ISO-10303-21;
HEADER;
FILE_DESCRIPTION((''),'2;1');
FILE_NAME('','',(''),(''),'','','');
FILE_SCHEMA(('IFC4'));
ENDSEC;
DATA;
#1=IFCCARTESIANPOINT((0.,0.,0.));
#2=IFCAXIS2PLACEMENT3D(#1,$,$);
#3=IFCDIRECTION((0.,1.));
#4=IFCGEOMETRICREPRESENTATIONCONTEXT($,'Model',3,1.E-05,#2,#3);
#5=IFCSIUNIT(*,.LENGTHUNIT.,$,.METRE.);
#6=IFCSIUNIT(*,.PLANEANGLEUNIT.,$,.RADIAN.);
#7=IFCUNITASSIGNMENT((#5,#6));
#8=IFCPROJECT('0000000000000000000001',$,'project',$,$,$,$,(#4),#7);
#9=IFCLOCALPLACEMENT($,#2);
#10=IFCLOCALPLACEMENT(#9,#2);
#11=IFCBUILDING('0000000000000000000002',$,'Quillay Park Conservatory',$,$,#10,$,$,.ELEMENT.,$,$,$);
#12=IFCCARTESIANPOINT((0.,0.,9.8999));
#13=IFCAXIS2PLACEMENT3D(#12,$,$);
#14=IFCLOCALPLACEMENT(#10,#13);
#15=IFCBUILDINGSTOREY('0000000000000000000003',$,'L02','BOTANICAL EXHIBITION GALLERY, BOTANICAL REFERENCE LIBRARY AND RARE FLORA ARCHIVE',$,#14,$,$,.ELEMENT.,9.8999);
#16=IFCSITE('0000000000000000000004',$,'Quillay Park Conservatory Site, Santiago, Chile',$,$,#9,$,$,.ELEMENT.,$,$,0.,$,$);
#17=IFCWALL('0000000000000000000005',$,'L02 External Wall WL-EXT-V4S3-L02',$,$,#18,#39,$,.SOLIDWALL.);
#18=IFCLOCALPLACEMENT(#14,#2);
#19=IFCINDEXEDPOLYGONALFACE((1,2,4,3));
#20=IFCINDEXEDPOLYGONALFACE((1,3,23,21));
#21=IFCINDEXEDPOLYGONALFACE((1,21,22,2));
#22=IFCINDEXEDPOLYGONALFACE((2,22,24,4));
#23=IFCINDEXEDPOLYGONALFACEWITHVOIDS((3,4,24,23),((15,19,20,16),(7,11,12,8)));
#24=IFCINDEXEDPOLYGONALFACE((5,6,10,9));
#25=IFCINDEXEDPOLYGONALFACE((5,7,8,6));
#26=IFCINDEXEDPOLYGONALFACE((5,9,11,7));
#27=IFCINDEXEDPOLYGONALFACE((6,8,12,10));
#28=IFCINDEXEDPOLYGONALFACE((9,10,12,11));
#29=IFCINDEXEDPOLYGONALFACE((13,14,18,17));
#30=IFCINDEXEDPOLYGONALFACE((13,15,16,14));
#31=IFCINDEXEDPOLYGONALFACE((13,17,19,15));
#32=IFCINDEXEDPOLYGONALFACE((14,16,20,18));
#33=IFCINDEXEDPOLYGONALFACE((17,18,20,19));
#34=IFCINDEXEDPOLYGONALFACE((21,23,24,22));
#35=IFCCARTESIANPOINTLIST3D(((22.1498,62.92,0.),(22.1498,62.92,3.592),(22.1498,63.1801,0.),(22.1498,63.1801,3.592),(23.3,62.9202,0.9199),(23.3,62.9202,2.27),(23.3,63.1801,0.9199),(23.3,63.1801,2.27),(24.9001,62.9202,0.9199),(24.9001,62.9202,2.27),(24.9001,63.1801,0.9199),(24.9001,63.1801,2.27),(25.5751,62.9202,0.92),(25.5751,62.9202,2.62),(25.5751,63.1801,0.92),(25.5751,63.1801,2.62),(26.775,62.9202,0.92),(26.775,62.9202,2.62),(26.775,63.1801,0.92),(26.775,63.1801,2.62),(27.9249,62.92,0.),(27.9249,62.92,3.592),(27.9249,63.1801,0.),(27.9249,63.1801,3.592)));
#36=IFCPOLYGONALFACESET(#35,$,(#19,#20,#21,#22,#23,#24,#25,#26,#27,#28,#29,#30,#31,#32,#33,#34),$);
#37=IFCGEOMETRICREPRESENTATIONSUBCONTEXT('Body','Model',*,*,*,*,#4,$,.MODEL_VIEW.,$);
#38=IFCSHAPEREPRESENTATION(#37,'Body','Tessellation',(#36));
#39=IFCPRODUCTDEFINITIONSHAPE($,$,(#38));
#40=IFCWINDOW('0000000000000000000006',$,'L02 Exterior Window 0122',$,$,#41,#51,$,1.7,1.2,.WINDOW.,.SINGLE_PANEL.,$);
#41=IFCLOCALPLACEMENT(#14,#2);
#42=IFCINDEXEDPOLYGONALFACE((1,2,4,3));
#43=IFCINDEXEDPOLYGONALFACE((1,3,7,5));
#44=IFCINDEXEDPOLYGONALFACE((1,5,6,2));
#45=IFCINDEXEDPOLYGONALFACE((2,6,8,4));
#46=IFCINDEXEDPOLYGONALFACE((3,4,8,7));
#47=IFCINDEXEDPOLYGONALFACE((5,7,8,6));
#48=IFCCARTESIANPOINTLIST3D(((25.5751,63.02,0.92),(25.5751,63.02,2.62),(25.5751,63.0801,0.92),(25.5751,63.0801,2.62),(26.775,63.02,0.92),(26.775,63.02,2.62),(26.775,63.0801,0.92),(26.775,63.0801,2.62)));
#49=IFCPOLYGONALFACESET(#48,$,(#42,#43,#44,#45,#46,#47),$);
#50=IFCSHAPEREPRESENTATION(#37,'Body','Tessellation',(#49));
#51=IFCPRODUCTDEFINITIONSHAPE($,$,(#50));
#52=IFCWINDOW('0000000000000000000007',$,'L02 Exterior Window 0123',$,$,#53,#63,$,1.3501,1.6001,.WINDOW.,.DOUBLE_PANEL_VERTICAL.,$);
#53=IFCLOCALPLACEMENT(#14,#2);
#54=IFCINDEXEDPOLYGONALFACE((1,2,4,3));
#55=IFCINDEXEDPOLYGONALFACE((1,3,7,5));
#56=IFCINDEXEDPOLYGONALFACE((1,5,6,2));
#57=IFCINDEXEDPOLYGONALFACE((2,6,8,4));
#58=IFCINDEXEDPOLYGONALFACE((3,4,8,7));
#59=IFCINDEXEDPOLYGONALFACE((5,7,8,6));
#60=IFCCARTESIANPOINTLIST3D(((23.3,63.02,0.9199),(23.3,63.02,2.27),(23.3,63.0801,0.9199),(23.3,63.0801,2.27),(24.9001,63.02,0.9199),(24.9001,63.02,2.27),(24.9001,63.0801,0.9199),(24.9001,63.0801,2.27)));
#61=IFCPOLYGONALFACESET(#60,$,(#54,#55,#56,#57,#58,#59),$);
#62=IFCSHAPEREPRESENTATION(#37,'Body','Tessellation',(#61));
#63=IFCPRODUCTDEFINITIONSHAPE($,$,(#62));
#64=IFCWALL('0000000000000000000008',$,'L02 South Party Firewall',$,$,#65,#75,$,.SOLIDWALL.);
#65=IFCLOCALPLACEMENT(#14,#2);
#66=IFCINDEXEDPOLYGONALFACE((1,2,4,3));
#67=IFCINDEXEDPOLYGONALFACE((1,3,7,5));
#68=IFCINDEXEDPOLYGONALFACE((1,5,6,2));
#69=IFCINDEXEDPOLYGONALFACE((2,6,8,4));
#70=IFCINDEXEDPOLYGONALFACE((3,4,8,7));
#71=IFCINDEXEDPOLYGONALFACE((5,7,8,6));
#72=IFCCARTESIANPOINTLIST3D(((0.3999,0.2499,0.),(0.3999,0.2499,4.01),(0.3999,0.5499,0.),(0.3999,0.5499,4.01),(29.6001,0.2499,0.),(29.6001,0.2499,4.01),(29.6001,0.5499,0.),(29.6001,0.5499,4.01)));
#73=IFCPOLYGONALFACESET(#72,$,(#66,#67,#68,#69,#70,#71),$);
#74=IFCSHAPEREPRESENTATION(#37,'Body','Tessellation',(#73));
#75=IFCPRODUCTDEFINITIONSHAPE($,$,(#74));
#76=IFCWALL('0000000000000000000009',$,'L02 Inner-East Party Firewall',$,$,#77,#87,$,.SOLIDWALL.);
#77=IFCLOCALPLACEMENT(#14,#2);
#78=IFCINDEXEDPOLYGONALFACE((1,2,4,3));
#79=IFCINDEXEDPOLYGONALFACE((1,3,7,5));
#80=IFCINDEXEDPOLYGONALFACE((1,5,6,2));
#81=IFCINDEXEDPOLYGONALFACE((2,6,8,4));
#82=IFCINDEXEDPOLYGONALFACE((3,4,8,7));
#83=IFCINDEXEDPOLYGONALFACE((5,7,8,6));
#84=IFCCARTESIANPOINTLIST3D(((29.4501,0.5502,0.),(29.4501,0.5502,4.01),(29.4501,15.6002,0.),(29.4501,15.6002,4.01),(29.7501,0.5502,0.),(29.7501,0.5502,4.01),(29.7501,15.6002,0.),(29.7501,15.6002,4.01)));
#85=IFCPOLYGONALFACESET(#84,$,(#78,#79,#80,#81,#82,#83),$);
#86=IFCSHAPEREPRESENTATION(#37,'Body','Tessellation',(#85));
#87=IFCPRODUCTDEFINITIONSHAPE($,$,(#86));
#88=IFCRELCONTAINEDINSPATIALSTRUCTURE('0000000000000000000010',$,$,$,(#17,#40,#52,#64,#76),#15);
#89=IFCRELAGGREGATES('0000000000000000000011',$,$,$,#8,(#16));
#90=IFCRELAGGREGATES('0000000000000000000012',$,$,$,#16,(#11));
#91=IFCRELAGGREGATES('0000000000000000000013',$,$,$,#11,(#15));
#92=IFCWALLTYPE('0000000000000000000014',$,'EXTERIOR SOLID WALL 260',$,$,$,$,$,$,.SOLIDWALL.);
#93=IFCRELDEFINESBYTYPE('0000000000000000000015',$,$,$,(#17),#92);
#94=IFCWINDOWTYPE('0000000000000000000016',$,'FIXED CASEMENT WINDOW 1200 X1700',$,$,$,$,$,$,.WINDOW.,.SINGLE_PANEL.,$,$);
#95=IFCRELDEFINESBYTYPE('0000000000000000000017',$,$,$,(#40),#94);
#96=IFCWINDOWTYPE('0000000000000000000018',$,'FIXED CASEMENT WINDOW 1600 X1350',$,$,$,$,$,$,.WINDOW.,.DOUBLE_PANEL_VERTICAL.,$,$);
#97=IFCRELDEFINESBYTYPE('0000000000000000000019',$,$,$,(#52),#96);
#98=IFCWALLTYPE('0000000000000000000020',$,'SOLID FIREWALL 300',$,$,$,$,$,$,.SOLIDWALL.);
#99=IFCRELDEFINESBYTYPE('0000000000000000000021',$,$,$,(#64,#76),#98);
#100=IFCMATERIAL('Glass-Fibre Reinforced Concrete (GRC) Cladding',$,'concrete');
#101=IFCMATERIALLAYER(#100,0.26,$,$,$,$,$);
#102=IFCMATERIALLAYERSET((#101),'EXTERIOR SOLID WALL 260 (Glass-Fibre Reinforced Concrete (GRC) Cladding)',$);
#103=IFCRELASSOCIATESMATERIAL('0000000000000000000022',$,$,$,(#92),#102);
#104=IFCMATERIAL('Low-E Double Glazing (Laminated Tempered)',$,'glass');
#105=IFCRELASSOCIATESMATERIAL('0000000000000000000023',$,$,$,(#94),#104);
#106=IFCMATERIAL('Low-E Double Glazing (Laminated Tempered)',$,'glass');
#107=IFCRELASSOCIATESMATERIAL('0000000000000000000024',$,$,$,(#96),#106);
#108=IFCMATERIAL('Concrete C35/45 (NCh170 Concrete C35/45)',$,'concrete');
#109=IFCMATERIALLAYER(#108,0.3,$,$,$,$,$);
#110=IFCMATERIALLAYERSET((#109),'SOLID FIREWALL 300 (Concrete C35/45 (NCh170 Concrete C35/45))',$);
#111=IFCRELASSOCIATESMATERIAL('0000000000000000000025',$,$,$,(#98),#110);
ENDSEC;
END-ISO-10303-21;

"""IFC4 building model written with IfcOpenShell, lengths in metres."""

from ifc_helpers import new_model, si_unit, direction, frame, frame_2d, origin, place, context, subcontext, project, spatial, rectangle, extrude, material, layer, layer_set, type_object, element, fill, save


model = new_model("IFC4")

# Units and contexts
model_context = context("Model", 3, precision=1e-05, world=origin(), true_north=direction((0.0, 1.0)))
body_context = subcontext(model_context, "Body", "Model", "MODEL_VIEW")
ifc_project = project(units=[si_unit("LENGTHUNIT", "METRE"), si_unit("PLANEANGLEUNIT", "RADIAN")], contexts=[model_context])

# Site, building, storey
site_placement = place(None, origin())
site = spatial("IfcSite", under=ifc_project, at=site_placement, Name="Quillay Park Conservatory Site, Santiago, Chile", CompositionType="ELEMENT", RefElevation=0.0)
building_placement = place(site_placement, origin())
building = spatial("IfcBuilding", under=site, at=building_placement, Name="Quillay Park Conservatory", CompositionType="ELEMENT")
storey_placement = place(building_placement, frame((0.0, 0.0, 9.8999)))
storey = spatial("IfcBuildingStorey", under=building, at=storey_placement, Name="L02", Description="BOTANICAL EXHIBITION GALLERY, BOTANICAL REFERENCE LIBRARY AND RARE FLORA ARCHIVE", CompositionType="ELEMENT", Elevation=9.8999)

# Wall, openings, windows
ifc_material_1 = material(Name="Glass-Fibre Reinforced Concrete (GRC) Cladding", Category="concrete")
ifc_layer_1 = layer(ifc_material_1, 0.26)
ifc_layer_set_1 = layer_set([ifc_layer_1], Name="EXTERIOR SOLID WALL 260 (Glass-Fibre Reinforced Concrete (GRC) Cladding)")
wall_type_1 = type_object("IfcWallType", Name="EXTERIOR SOLID WALL 260", PredefinedType="SOLIDWALL", material=ifc_layer_set_1)
wall_1_placement = place(storey_placement, frame((27.925, 63.05, 0.0), z_axis=(0.0, 0.0, 1.0), x_axis=(-1.0, 0.0, 0.0)))
wall_1 = element("IfcWall", 1, at=wall_1_placement, inside=storey, type_object=wall_type_1, Name="L02 External Wall WL-EXT-V4S3-L02", PredefinedType="SOLIDWALL", context=body_context, shape_type="SweptSolid", body=[
    extrude(rectangle(XDim=5.7751, YDim=0.26, at=frame_2d((2.8877, 0.0))), origin(), (0.0, 0.0, 1.0), 3.592),
])
opening_1_placement = place(wall_1_placement, frame((1.1499, 0.0, 0.9199)))
opening_1 = element("IfcOpeningElement", 2, at=opening_1_placement, cuts=wall_1, PredefinedType="OPENING", context=body_context, shape_type="SweptSolid", body=[
    extrude(rectangle(XDim=1.2, YDim=1.7, at=frame_2d((0.6001, 0.8501))), frame((0.0, 0.1299, 0.0), z_axis=(0.0, -1.0, 0.0), x_axis=(1.0, 0.0, 0.0)), (0.0, 0.0, 1.0), 0.26),
])
opening_2_placement = place(wall_1_placement, frame((3.0249, 0.0, 0.9199)))
opening_2 = element("IfcOpeningElement", 3, at=opening_2_placement, cuts=wall_1, PredefinedType="OPENING", context=body_context, shape_type="SweptSolid", body=[
    extrude(rectangle(XDim=1.6001, YDim=1.3501, at=frame_2d((0.8, 0.675))), frame((0.0, 0.1299, 0.0), z_axis=(0.0, -1.0, 0.0), x_axis=(1.0, 0.0, 0.0)), (0.0, 0.0, 1.0), 0.26),
])
ifc_material_2 = material(Name="Low-E Double Glazing (Laminated Tempered)", Category="glass")
window_type_1 = type_object("IfcWindowType", Name="FIXED CASEMENT WINDOW 1200 X1700", PartitioningType="SINGLE_PANEL", PredefinedType="WINDOW", material=ifc_material_2)
window_1_placement = place(opening_1_placement, origin())
window_1 = element("IfcWindow", 4, at=window_1_placement, inside=storey, type_object=window_type_1, Name="L02 Exterior Window 0122", OverallHeight=1.7, OverallWidth=1.2, PartitioningType="SINGLE_PANEL", PredefinedType="WINDOW", context=body_context, shape_type="SweptSolid", body=[
    extrude(rectangle(XDim=1.2, YDim=1.7, at=frame_2d((0.6001, 0.8501))), frame((0.0, 0.03, 0.0), z_axis=(0.0, -1.0, 0.0), x_axis=(1.0, 0.0, 0.0)), (0.0, 0.0, 1.0), 0.0601),
])
fill(opening_1, window_1)
ifc_material_3 = material(Name="Low-E Double Glazing (Laminated Tempered)", Category="glass")
window_type_2 = type_object("IfcWindowType", Name="FIXED CASEMENT WINDOW 1600 X1350", PartitioningType="DOUBLE_PANEL_VERTICAL", PredefinedType="WINDOW", material=ifc_material_3)
window_2_placement = place(opening_2_placement, origin())
window_2 = element("IfcWindow", 5, at=window_2_placement, inside=storey, type_object=window_type_2, Name="L02 Exterior Window 0123", OverallHeight=1.3501, OverallWidth=1.6001, PartitioningType="DOUBLE_PANEL_VERTICAL", PredefinedType="WINDOW", context=body_context, shape_type="SweptSolid", body=[
    extrude(rectangle(XDim=1.6001, YDim=1.3501, at=frame_2d((0.8, 0.675))), frame((0.0, 0.03, 0.0), z_axis=(0.0, -1.0, 0.0), x_axis=(1.0, 0.0, 0.0)), (0.0, 0.0, 1.0), 0.0601),
])
fill(opening_2, window_2)

# Walls
ifc_material_4 = material(Name="Concrete C35/45 (NCh170 Concrete C35/45)", Category="concrete")
ifc_layer_2 = layer(ifc_material_4, 0.3)
ifc_layer_set_2 = layer_set([ifc_layer_2], Name="SOLID FIREWALL 300 (Concrete C35/45 (NCh170 Concrete C35/45))")
wall_type_2 = type_object("IfcWallType", Name="SOLID FIREWALL 300", PredefinedType="SOLIDWALL", material=ifc_layer_set_2)
wall_2_placement = place(storey_placement, frame((29.6001, 0.3999, 0.0), z_axis=(0.0, 0.0, 1.0), x_axis=(-1.0, 0.0, 0.0)))
element("IfcWall", 6, at=wall_2_placement, inside=storey, type_object=wall_type_2, Name="L02 South Party Firewall", PredefinedType="SOLIDWALL", context=body_context, shape_type="SweptSolid", body=[
    extrude(rectangle(XDim=29.2002, YDim=0.3, at=frame_2d((14.6001, 0.0))), origin(), (0.0, 0.0, 1.0), 4.01),
])
wall_3_placement = place(storey_placement, frame((29.6001, 15.6001, 0.0), z_axis=(0.0, 0.0, 1.0), x_axis=(0.0, -1.0, 0.0)))
element("IfcWall", 7, at=wall_3_placement, inside=storey, type_object=wall_type_2, Name="L02 Inner-East Party Firewall", PredefinedType="SOLIDWALL", context=body_context, shape_type="SweptSolid", body=[
    extrude(rectangle(XDim=15.05, YDim=0.3, at=frame_2d((7.5249, 0.0))), origin(), (0.0, 0.0, 1.0), 4.01),
])

save(model, "model.ifc")
